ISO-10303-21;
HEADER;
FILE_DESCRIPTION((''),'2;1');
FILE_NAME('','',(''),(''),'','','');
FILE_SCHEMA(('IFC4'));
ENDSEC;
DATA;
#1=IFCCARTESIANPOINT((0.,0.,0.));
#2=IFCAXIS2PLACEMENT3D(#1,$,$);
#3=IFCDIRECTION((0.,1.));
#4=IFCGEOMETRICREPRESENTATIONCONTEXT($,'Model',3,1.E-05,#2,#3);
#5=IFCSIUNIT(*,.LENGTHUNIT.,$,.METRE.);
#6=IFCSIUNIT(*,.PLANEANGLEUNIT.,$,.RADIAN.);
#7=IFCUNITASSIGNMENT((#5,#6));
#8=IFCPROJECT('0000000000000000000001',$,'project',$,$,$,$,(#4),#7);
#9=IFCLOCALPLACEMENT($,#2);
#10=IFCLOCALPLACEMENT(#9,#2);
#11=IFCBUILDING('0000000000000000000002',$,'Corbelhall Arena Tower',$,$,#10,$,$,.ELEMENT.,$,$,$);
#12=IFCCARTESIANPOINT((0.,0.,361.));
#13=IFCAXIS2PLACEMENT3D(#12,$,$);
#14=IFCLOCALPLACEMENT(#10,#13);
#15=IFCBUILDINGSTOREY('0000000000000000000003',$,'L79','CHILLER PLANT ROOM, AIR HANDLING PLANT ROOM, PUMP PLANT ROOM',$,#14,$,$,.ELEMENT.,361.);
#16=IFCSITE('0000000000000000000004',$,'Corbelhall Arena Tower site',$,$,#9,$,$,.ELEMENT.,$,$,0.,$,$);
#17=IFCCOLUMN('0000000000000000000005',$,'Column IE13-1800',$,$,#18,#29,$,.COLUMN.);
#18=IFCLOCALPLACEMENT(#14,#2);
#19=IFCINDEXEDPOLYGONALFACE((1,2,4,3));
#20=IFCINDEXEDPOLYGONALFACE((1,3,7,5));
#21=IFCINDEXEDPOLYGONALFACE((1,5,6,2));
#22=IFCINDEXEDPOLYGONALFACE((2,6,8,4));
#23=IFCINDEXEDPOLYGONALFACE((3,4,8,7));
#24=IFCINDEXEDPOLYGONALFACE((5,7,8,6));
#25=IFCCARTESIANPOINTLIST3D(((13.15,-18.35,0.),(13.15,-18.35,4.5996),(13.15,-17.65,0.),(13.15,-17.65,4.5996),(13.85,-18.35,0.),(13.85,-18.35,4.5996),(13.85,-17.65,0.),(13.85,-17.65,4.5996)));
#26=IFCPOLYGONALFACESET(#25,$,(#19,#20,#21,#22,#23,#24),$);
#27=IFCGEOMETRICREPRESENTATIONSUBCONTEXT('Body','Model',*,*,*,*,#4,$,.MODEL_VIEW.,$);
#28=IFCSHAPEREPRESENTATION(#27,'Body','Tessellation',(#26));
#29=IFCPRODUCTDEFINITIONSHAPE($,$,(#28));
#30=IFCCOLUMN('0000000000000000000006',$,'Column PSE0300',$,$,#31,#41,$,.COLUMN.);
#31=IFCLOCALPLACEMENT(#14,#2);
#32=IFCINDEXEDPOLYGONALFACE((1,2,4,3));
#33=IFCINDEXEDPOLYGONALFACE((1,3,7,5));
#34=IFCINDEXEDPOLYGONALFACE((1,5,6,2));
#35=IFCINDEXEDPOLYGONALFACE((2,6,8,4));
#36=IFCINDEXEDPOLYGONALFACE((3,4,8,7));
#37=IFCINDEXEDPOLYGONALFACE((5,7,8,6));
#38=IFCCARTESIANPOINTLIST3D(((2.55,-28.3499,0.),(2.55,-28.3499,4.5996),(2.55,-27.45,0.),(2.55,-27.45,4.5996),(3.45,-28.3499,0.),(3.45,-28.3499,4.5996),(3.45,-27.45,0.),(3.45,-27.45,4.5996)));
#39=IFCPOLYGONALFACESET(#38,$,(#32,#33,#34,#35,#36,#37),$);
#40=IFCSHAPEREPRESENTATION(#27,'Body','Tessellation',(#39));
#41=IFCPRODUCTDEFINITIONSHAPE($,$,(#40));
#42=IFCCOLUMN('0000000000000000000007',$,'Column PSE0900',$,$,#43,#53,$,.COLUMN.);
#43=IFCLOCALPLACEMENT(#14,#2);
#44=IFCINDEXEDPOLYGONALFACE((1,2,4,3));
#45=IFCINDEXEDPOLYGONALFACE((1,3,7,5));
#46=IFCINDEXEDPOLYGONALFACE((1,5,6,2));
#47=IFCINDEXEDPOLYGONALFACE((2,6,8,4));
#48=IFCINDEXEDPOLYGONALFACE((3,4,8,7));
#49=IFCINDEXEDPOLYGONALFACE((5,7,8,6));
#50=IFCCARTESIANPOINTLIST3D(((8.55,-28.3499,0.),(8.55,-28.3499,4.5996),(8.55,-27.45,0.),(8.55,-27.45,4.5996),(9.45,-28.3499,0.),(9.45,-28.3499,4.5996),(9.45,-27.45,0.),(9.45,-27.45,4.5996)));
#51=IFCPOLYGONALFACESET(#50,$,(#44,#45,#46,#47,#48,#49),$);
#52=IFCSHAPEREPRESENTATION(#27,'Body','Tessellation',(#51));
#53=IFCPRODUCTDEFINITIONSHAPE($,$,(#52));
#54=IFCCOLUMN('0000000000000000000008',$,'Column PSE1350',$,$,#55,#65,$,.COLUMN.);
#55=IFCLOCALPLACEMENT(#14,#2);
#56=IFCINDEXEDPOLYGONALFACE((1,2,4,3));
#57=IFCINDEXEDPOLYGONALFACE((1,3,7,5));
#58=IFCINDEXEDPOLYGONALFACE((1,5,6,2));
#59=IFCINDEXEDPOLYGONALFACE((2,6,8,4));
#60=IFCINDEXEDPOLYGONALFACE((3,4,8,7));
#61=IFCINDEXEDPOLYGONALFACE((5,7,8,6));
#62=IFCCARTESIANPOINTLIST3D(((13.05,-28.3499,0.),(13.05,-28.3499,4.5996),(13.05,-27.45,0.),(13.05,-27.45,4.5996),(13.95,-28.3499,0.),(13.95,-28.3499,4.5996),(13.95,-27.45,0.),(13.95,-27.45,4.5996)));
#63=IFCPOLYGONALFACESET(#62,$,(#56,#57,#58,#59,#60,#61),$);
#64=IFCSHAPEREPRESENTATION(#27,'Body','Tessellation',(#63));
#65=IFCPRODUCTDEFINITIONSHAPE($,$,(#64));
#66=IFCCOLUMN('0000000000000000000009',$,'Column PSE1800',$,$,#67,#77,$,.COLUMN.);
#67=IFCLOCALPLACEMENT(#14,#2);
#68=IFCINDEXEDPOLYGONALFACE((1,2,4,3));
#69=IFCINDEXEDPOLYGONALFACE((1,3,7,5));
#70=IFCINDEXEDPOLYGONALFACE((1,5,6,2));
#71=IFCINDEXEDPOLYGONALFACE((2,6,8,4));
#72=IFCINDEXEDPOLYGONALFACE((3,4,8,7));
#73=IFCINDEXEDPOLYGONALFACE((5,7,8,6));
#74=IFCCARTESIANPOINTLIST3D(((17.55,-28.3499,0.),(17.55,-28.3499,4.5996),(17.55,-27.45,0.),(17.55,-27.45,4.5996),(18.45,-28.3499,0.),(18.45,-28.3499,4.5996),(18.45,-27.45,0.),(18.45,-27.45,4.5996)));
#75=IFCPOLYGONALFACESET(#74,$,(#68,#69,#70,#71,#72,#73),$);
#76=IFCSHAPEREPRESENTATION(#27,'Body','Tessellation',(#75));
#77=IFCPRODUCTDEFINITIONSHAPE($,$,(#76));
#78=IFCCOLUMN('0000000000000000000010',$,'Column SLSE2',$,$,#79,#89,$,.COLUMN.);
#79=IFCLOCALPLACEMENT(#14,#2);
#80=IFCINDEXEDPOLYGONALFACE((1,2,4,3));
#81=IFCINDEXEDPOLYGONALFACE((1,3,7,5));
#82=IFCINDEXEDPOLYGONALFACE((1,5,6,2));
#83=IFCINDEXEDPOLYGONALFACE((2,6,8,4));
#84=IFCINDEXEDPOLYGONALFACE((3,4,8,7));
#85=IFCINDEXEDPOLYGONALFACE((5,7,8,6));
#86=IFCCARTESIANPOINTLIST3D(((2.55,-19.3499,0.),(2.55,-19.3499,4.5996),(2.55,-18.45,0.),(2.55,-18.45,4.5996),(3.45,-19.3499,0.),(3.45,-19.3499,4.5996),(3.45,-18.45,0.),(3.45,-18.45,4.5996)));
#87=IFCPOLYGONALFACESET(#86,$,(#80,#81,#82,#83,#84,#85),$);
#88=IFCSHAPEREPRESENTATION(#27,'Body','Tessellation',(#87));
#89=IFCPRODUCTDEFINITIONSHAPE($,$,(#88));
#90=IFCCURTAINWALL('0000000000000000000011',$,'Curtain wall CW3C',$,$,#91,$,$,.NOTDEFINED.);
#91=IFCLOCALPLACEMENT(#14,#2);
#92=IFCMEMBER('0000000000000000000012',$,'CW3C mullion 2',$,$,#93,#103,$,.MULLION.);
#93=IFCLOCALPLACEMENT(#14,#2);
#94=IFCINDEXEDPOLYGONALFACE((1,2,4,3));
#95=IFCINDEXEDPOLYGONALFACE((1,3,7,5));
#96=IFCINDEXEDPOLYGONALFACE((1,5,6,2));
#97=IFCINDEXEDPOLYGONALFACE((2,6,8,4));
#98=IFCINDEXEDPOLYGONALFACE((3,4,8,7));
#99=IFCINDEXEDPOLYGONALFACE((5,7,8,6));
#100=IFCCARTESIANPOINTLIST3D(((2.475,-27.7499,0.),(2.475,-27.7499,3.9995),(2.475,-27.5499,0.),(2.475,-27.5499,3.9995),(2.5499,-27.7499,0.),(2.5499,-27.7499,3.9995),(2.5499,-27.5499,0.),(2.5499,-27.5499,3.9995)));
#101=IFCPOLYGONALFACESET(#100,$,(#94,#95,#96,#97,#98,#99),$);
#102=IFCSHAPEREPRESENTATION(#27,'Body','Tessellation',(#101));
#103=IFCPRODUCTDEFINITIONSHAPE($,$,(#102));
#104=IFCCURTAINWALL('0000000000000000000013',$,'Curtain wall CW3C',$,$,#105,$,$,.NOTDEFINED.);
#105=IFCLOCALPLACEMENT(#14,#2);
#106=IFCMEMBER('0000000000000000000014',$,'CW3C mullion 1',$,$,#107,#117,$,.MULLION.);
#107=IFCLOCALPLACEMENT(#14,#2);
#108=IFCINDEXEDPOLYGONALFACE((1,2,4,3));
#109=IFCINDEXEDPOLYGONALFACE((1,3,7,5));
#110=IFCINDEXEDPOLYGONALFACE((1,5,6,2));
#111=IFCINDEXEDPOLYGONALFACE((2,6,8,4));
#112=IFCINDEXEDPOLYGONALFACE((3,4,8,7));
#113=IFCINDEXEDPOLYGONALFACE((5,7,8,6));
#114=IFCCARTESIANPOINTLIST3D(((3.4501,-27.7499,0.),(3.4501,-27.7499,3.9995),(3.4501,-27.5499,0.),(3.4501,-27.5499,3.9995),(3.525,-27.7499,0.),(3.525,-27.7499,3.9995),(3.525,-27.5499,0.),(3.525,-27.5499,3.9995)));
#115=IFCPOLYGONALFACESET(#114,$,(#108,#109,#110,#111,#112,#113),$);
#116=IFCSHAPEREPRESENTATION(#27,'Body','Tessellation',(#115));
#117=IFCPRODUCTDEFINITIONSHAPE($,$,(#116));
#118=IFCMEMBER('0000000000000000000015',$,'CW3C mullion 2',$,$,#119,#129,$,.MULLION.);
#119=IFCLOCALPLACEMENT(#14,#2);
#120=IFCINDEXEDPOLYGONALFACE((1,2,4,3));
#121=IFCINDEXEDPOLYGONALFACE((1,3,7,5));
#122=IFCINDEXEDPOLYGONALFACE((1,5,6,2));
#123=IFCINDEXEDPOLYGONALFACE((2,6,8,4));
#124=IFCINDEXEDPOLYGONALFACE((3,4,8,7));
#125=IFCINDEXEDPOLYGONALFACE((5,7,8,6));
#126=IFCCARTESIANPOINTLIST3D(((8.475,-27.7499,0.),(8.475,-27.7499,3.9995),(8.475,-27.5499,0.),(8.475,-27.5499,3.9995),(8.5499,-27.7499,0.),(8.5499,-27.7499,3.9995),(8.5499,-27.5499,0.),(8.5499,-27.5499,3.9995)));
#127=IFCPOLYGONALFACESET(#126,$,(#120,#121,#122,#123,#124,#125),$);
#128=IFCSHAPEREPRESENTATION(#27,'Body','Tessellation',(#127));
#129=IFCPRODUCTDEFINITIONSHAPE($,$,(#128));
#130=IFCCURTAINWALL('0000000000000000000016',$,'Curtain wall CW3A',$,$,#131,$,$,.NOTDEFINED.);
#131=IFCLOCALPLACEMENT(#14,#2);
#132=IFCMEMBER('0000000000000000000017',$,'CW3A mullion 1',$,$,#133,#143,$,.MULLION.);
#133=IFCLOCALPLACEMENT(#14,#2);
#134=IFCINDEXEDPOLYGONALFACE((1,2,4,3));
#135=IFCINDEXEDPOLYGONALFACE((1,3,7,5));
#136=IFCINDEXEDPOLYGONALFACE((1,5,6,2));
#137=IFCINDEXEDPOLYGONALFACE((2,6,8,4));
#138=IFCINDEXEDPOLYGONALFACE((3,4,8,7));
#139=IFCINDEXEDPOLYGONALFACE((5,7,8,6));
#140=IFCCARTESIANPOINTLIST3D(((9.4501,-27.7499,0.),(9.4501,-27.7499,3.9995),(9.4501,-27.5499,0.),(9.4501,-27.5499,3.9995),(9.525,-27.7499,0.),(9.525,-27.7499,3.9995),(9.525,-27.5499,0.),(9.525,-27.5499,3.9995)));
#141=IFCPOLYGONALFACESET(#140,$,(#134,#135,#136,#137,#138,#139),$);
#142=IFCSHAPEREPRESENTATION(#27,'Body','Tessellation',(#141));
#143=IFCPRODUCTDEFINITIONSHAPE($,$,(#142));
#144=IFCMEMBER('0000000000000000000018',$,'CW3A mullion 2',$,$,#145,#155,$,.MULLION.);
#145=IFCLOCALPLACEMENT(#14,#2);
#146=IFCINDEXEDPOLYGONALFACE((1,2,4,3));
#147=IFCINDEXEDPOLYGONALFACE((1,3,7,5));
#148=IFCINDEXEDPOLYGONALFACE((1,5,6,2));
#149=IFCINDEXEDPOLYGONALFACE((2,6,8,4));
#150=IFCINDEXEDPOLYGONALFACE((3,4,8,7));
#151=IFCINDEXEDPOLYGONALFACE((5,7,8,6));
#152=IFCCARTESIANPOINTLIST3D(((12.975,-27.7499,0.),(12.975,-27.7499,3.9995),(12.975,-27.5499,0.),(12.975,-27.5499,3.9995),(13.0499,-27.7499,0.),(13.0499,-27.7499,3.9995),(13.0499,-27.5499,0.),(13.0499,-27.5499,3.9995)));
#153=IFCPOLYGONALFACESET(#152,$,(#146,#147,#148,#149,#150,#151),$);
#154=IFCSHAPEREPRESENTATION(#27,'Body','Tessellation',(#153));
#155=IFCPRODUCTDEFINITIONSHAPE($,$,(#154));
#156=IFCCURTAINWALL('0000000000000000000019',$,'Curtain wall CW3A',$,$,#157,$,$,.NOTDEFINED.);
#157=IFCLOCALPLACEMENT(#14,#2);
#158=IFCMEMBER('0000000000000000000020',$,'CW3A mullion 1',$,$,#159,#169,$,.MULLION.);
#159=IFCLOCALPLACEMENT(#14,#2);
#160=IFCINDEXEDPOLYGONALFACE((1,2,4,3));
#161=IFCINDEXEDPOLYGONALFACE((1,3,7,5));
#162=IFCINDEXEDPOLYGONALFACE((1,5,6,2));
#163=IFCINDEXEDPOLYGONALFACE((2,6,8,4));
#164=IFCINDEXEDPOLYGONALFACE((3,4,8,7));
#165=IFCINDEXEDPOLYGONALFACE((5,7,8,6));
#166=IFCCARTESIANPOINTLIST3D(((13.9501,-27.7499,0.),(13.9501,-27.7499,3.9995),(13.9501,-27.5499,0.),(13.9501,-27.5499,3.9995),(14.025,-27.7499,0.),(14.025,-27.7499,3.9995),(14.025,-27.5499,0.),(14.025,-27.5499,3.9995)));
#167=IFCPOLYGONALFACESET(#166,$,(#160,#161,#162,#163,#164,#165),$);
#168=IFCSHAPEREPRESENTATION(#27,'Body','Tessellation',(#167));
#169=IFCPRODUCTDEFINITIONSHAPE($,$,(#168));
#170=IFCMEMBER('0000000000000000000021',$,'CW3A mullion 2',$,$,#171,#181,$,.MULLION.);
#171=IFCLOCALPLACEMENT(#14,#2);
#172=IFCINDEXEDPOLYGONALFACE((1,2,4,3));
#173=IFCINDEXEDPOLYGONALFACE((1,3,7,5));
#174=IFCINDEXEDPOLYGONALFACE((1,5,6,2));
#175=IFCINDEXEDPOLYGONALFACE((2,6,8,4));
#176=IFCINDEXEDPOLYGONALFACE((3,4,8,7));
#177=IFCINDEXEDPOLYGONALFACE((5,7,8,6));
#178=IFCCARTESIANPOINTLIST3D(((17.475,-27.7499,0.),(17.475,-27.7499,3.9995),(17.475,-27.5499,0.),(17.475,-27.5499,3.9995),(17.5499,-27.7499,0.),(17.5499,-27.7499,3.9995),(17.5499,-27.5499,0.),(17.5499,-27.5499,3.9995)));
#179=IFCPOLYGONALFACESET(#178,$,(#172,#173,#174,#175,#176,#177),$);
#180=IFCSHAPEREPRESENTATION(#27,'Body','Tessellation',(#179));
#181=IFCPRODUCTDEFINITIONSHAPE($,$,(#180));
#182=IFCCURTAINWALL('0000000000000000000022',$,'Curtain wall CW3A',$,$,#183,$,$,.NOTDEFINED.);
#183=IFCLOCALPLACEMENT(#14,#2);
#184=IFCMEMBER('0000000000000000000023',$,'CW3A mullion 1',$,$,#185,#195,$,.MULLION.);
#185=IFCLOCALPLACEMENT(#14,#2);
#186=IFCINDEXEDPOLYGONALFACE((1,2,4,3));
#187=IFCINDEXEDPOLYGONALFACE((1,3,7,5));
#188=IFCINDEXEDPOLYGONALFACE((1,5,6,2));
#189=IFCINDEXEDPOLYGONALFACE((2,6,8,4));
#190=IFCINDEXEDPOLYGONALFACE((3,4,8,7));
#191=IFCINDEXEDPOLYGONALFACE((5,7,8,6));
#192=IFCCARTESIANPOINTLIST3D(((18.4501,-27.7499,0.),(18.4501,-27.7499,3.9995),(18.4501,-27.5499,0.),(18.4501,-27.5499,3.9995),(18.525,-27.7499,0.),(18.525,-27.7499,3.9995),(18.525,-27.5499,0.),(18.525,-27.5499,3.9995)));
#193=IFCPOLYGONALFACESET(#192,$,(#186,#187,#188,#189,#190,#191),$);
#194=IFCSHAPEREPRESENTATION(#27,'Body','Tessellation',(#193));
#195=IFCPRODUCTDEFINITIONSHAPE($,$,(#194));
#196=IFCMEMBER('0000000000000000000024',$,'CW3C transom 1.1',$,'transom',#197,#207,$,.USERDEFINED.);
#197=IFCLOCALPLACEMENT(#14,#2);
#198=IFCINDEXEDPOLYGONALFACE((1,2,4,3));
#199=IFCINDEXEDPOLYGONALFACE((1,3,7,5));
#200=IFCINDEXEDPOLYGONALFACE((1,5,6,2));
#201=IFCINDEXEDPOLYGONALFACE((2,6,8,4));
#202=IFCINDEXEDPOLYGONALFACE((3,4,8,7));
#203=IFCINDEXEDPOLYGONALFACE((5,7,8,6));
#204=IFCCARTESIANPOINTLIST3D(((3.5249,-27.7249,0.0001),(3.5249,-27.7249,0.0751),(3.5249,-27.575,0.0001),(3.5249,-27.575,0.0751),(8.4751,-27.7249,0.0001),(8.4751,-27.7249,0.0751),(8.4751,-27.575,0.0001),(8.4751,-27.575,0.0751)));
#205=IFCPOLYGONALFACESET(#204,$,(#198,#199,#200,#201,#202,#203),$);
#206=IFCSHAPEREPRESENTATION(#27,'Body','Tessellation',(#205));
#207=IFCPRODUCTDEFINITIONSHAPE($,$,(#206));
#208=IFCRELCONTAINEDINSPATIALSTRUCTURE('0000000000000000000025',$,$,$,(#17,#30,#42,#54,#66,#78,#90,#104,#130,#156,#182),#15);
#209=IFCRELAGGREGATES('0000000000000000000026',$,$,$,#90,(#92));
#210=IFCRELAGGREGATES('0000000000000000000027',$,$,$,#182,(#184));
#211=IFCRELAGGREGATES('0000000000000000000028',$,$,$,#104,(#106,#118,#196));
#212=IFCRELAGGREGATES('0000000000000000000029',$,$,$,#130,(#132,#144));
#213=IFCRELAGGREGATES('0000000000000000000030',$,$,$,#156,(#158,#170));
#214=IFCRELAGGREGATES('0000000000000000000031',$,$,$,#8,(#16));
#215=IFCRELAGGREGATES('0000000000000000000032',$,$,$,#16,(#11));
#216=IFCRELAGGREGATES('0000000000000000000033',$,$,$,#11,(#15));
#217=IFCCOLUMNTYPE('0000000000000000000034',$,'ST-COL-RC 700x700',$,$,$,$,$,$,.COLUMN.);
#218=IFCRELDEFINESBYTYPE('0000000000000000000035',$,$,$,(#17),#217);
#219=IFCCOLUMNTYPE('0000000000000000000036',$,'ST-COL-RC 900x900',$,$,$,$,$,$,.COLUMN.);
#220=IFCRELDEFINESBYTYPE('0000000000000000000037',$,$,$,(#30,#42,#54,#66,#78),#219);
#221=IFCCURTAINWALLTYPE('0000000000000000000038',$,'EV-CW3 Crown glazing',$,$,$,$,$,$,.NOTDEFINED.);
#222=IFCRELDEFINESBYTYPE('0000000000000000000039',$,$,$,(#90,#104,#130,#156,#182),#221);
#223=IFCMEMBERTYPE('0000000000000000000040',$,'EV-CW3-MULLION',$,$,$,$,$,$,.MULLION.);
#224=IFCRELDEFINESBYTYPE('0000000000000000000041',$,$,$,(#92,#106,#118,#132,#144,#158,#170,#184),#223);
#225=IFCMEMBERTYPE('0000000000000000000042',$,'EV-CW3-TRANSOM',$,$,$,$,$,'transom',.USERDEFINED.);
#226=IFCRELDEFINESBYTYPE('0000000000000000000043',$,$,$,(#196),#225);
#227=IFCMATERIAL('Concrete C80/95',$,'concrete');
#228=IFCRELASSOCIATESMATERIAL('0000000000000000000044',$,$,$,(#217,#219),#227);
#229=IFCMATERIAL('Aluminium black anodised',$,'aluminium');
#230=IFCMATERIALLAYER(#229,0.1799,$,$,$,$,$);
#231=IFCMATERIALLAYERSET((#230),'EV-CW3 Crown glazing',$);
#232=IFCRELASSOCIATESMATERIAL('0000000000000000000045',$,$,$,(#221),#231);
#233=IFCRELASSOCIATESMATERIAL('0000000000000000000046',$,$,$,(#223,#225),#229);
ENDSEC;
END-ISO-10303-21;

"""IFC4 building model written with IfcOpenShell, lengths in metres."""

from ifc_helpers import new_model, si_unit, direction, frame, origin, origin_2d, place, context, subcontext, project, spatial, rectangle, extrude, material, layer, layer_set, material_profile, profile_set, type_object, element, aggregate, save


model = new_model("IFC4")

# Units and contexts
model_context = context("Model", 3, precision=1e-05, world=origin(), true_north=direction((0.0, 1.0)))
body_context = subcontext(model_context, "Body", "Model", "MODEL_VIEW")
ifc_project = project(units=[si_unit("LENGTHUNIT", "METRE"), si_unit("PLANEANGLEUNIT", "RADIAN")], contexts=[model_context])

# Site, building, storey
site_placement = place(None, origin())
site = spatial("IfcSite", under=ifc_project, at=site_placement, Name="Corbelhall Arena Tower site", CompositionType="ELEMENT", RefElevation=0.0)
building_placement = place(site_placement, origin())
building = spatial("IfcBuilding", under=site, at=building_placement, Name="Corbelhall Arena Tower", CompositionType="ELEMENT")
storey_placement = place(building_placement, frame((0.0, 0.0, 361.0)))
storey = spatial("IfcBuildingStorey", under=building, at=storey_placement, Name="L79", Description="CHILLER PLANT ROOM, AIR HANDLING PLANT ROOM, PUMP PLANT ROOM", CompositionType="ELEMENT", Elevation=361.0)

# Columns
ifc_material_1 = material(Name="Concrete C80/95", Category="concrete")
ifc_material_profile_1 = material_profile(ifc_material_1, rectangle(XDim=0.7, YDim=0.7, at=origin_2d()))
ifc_profile_set_1 = profile_set([ifc_material_profile_1], Name="Concrete C80/95")
column_type_1 = type_object("IfcColumnType", Name="ST-COL-RC 700x700", PredefinedType="COLUMN", material=ifc_profile_set_1)
column_placement = place(storey_placement, frame((13.5, -18.0, 0.0), z_axis=(0.0, 0.0, 1.0), x_axis=(1.0, 0.0, 0.0)))
element("IfcColumn", 1, at=column_placement, inside=storey, type_object=column_type_1, Name="Column IE13-1800", PredefinedType="COLUMN", context=body_context, shape_type="SweptSolid", body=[
    extrude(rectangle(XDim=0.7, YDim=0.7, at=origin_2d()), origin(), (0.0, 0.0, 1.0), 4.5996),
])
ifc_material_profile_2 = material_profile(ifc_material_1, rectangle(XDim=0.8999, YDim=0.8999, at=origin_2d()))
ifc_profile_set_2 = profile_set([ifc_material_profile_2], Name="Concrete C80/95")
column_type_2 = type_object("IfcColumnType", Name="ST-COL-RC 900x900", PredefinedType="COLUMN", material=ifc_profile_set_2)
for number, where, z_axis, x_axis, name in (
    (2, (3.0, -27.8999, 0.0), (0.0, 0.0, 1.0), (1.0, 0.0, 0.0), "Column PSE0300"),
    (3, (9.0, -27.8999, 0.0), (0.0, 0.0, 1.0), (1.0, 0.0, 0.0), "Column PSE0900"),
    (4, (13.5, -27.8999, 0.0), (0.0, 0.0, 1.0), (1.0, 0.0, 0.0), "Column PSE1350"),
    (5, (18.0, -27.8999, 0.0), (0.0, 0.0, 1.0), (1.0, 0.0, 0.0), "Column PSE1800"),
    (6, (3.0, -18.8999, 0.0), (0.0, 0.0, 1.0), (1.0, 0.0, 0.0), "Column SLSE2"),
):
    element("IfcColumn", number, at=place(storey_placement, frame(where, z_axis=z_axis, x_axis=x_axis)), inside=storey, type_object=column_type_2, Name=name, PredefinedType="COLUMN", context=body_context, shape_type="SweptSolid", body=[
        extrude(rectangle(XDim=0.8999, YDim=0.8999, at=origin_2d()), origin(), (0.0, 0.0, 1.0), 4.5996),
    ])

# Curtain wall, member
ifc_material_2 = material(Name="Aluminium black anodised", Category="aluminium")
ifc_layer_1 = layer(ifc_material_2, 0.1799)
ifc_layer_set_1 = layer_set([ifc_layer_1], Name="EV-CW3 Crown glazing")
curtain_wall_type = type_object("IfcCurtainWallType", Name="EV-CW3 Crown glazing", PredefinedType="NOTDEFINED", material=ifc_layer_set_1)
curtain_wall_1_placement = place(storey_placement, origin())
curtain_wall_1 = element("IfcCurtainWall", 7, at=curtain_wall_1_placement, inside=storey, type_object=curtain_wall_type, Name="Curtain wall CW3C", PredefinedType="NOTDEFINED")
ifc_material_profile_3 = material_profile(ifc_material_2, rectangle(XDim=0.2, YDim=0.075, at=origin_2d()))
ifc_profile_set_3 = profile_set([ifc_material_profile_3], Name="Aluminium black anodised")
member_type_1 = type_object("IfcMemberType", Name="EV-CW3-MULLION", PredefinedType="MULLION", material=ifc_profile_set_3)
member_1_placement = place(storey_placement, frame((2.5125, -27.6499, 0.0), z_axis=(0.0, 0.0, 1.0), x_axis=(0.0, 1.0, 0.0)))
member_1 = element("IfcMember", 8, at=member_1_placement, type_object=member_type_1, Name="CW3C mullion 2", PredefinedType="MULLION", context=body_context, shape_type="SweptSolid", body=[
    extrude(rectangle(XDim=0.2, YDim=0.075, at=origin_2d()), origin(), (0.0, 0.0, 1.0), 3.9995),
])
aggregate(curtain_wall_1, [member_1])

# Curtain walls, members
curtain_wall_2_placement = place(storey_placement, origin())
curtain_wall_2 = element("IfcCurtainWall", 9, at=curtain_wall_2_placement, inside=storey, type_object=curtain_wall_type, Name="Curtain wall CW3C", PredefinedType="NOTDEFINED")
member_2_placement = place(storey_placement, frame((3.4875, -27.6499, 0.0), z_axis=(0.0, 0.0, 1.0), x_axis=(0.0, 1.0, 0.0)))
member_2 = element("IfcMember", 10, at=member_2_placement, type_object=member_type_1, Name="CW3C mullion 1", PredefinedType="MULLION", context=body_context, shape_type="SweptSolid", body=[
    extrude(rectangle(XDim=0.2, YDim=0.075, at=origin_2d()), origin(), (0.0, 0.0, 1.0), 3.9995),
])
member_3_placement = place(storey_placement, frame((8.5125, -27.6499, 0.0), z_axis=(0.0, 0.0, 1.0), x_axis=(0.0, 1.0, 0.0)))
member_3 = element("IfcMember", 11, at=member_3_placement, type_object=member_type_1, Name="CW3C mullion 2", PredefinedType="MULLION", context=body_context, shape_type="SweptSolid", body=[
    extrude(rectangle(XDim=0.2, YDim=0.075, at=origin_2d()), origin(), (0.0, 0.0, 1.0), 3.9995),
])
curtain_wall_3_placement = place(storey_placement, origin())
curtain_wall_3 = element("IfcCurtainWall", 12, at=curtain_wall_3_placement, inside=storey, type_object=curtain_wall_type, Name="Curtain wall CW3A", PredefinedType="NOTDEFINED")
member_4_placement = place(storey_placement, frame((9.4875, -27.6499, 0.0), z_axis=(0.0, 0.0, 1.0), x_axis=(0.0, 1.0, 0.0)))
member_4 = element("IfcMember", 13, at=member_4_placement, type_object=member_type_1, Name="CW3A mullion 1", PredefinedType="MULLION", context=body_context, shape_type="SweptSolid", body=[
    extrude(rectangle(XDim=0.2, YDim=0.075, at=origin_2d()), origin(), (0.0, 0.0, 1.0), 3.9995),
])
member_5_placement = place(storey_placement, frame((13.0125, -27.6499, 0.0), z_axis=(0.0, 0.0, 1.0), x_axis=(0.0, 1.0, 0.0)))
member_5 = element("IfcMember", 14, at=member_5_placement, type_object=member_type_1, Name="CW3A mullion 2", PredefinedType="MULLION", context=body_context, shape_type="SweptSolid", body=[
    extrude(rectangle(XDim=0.2, YDim=0.075, at=origin_2d()), origin(), (0.0, 0.0, 1.0), 3.9995),
])
curtain_wall_4_placement = place(storey_placement, origin())
curtain_wall_4 = element("IfcCurtainWall", 15, at=curtain_wall_4_placement, inside=storey, type_object=curtain_wall_type, Name="Curtain wall CW3A", PredefinedType="NOTDEFINED")
member_6_placement = place(storey_placement, frame((13.9875, -27.6499, 0.0), z_axis=(0.0, 0.0, 1.0), x_axis=(0.0, 1.0, 0.0)))
member_6 = element("IfcMember", 16, at=member_6_placement, type_object=member_type_1, Name="CW3A mullion 1", PredefinedType="MULLION", context=body_context, shape_type="SweptSolid", body=[
    extrude(rectangle(XDim=0.2, YDim=0.075, at=origin_2d()), origin(), (0.0, 0.0, 1.0), 3.9995),
])
member_7_placement = place(storey_placement, frame((17.5125, -27.6499, 0.0), z_axis=(0.0, 0.0, 1.0), x_axis=(0.0, 1.0, 0.0)))
member_7 = element("IfcMember", 17, at=member_7_placement, type_object=member_type_1, Name="CW3A mullion 2", PredefinedType="MULLION", context=body_context, shape_type="SweptSolid", body=[
    extrude(rectangle(XDim=0.2, YDim=0.075, at=origin_2d()), origin(), (0.0, 0.0, 1.0), 3.9995),
])

# Curtain wall, member
curtain_wall_5_placement = place(storey_placement, origin())
curtain_wall_5 = element("IfcCurtainWall", 18, at=curtain_wall_5_placement, inside=storey, type_object=curtain_wall_type, Name="Curtain wall CW3A", PredefinedType="NOTDEFINED")
member_8_placement = place(storey_placement, frame((18.4875, -27.6499, 0.0), z_axis=(0.0, 0.0, 1.0), x_axis=(0.0, 1.0, 0.0)))
member_8 = element("IfcMember", 19, at=member_8_placement, type_object=member_type_1, Name="CW3A mullion 1", PredefinedType="MULLION", context=body_context, shape_type="SweptSolid", body=[
    extrude(rectangle(XDim=0.2, YDim=0.075, at=origin_2d()), origin(), (0.0, 0.0, 1.0), 3.9995),
])

# Member
ifc_material_profile_4 = material_profile(ifc_material_2, rectangle(XDim=0.1499, YDim=0.075, at=origin_2d()))
ifc_profile_set_4 = profile_set([ifc_material_profile_4], Name="Aluminium black anodised")
member_type_2 = type_object("IfcMemberType", Name="EV-CW3-TRANSOM", ElementType="transom", PredefinedType="USERDEFINED", material=ifc_profile_set_4)
member_9_placement = place(storey_placement, frame((3.5249, -27.6499, 0.0376), z_axis=(1.0, 0.0, 0.0), x_axis=(0.0, 1.0, 0.0)))
member_9 = element("IfcMember", 20, at=member_9_placement, type_object=member_type_2, Name="CW3C transom 1.1", ObjectType="transom", PredefinedType="USERDEFINED", context=body_context, shape_type="SweptSolid", body=[
    extrude(rectangle(XDim=0.1499, YDim=0.075, at=origin_2d()), origin(), (0.0, 0.0, 1.0), 4.9502),
])
aggregate(curtain_wall_5, [member_8])

aggregate(curtain_wall_2, [member_2, member_3, member_9])
aggregate(curtain_wall_3, [member_4, member_5])
aggregate(curtain_wall_4, [member_6, member_7])

save(model, "model.ifc")
